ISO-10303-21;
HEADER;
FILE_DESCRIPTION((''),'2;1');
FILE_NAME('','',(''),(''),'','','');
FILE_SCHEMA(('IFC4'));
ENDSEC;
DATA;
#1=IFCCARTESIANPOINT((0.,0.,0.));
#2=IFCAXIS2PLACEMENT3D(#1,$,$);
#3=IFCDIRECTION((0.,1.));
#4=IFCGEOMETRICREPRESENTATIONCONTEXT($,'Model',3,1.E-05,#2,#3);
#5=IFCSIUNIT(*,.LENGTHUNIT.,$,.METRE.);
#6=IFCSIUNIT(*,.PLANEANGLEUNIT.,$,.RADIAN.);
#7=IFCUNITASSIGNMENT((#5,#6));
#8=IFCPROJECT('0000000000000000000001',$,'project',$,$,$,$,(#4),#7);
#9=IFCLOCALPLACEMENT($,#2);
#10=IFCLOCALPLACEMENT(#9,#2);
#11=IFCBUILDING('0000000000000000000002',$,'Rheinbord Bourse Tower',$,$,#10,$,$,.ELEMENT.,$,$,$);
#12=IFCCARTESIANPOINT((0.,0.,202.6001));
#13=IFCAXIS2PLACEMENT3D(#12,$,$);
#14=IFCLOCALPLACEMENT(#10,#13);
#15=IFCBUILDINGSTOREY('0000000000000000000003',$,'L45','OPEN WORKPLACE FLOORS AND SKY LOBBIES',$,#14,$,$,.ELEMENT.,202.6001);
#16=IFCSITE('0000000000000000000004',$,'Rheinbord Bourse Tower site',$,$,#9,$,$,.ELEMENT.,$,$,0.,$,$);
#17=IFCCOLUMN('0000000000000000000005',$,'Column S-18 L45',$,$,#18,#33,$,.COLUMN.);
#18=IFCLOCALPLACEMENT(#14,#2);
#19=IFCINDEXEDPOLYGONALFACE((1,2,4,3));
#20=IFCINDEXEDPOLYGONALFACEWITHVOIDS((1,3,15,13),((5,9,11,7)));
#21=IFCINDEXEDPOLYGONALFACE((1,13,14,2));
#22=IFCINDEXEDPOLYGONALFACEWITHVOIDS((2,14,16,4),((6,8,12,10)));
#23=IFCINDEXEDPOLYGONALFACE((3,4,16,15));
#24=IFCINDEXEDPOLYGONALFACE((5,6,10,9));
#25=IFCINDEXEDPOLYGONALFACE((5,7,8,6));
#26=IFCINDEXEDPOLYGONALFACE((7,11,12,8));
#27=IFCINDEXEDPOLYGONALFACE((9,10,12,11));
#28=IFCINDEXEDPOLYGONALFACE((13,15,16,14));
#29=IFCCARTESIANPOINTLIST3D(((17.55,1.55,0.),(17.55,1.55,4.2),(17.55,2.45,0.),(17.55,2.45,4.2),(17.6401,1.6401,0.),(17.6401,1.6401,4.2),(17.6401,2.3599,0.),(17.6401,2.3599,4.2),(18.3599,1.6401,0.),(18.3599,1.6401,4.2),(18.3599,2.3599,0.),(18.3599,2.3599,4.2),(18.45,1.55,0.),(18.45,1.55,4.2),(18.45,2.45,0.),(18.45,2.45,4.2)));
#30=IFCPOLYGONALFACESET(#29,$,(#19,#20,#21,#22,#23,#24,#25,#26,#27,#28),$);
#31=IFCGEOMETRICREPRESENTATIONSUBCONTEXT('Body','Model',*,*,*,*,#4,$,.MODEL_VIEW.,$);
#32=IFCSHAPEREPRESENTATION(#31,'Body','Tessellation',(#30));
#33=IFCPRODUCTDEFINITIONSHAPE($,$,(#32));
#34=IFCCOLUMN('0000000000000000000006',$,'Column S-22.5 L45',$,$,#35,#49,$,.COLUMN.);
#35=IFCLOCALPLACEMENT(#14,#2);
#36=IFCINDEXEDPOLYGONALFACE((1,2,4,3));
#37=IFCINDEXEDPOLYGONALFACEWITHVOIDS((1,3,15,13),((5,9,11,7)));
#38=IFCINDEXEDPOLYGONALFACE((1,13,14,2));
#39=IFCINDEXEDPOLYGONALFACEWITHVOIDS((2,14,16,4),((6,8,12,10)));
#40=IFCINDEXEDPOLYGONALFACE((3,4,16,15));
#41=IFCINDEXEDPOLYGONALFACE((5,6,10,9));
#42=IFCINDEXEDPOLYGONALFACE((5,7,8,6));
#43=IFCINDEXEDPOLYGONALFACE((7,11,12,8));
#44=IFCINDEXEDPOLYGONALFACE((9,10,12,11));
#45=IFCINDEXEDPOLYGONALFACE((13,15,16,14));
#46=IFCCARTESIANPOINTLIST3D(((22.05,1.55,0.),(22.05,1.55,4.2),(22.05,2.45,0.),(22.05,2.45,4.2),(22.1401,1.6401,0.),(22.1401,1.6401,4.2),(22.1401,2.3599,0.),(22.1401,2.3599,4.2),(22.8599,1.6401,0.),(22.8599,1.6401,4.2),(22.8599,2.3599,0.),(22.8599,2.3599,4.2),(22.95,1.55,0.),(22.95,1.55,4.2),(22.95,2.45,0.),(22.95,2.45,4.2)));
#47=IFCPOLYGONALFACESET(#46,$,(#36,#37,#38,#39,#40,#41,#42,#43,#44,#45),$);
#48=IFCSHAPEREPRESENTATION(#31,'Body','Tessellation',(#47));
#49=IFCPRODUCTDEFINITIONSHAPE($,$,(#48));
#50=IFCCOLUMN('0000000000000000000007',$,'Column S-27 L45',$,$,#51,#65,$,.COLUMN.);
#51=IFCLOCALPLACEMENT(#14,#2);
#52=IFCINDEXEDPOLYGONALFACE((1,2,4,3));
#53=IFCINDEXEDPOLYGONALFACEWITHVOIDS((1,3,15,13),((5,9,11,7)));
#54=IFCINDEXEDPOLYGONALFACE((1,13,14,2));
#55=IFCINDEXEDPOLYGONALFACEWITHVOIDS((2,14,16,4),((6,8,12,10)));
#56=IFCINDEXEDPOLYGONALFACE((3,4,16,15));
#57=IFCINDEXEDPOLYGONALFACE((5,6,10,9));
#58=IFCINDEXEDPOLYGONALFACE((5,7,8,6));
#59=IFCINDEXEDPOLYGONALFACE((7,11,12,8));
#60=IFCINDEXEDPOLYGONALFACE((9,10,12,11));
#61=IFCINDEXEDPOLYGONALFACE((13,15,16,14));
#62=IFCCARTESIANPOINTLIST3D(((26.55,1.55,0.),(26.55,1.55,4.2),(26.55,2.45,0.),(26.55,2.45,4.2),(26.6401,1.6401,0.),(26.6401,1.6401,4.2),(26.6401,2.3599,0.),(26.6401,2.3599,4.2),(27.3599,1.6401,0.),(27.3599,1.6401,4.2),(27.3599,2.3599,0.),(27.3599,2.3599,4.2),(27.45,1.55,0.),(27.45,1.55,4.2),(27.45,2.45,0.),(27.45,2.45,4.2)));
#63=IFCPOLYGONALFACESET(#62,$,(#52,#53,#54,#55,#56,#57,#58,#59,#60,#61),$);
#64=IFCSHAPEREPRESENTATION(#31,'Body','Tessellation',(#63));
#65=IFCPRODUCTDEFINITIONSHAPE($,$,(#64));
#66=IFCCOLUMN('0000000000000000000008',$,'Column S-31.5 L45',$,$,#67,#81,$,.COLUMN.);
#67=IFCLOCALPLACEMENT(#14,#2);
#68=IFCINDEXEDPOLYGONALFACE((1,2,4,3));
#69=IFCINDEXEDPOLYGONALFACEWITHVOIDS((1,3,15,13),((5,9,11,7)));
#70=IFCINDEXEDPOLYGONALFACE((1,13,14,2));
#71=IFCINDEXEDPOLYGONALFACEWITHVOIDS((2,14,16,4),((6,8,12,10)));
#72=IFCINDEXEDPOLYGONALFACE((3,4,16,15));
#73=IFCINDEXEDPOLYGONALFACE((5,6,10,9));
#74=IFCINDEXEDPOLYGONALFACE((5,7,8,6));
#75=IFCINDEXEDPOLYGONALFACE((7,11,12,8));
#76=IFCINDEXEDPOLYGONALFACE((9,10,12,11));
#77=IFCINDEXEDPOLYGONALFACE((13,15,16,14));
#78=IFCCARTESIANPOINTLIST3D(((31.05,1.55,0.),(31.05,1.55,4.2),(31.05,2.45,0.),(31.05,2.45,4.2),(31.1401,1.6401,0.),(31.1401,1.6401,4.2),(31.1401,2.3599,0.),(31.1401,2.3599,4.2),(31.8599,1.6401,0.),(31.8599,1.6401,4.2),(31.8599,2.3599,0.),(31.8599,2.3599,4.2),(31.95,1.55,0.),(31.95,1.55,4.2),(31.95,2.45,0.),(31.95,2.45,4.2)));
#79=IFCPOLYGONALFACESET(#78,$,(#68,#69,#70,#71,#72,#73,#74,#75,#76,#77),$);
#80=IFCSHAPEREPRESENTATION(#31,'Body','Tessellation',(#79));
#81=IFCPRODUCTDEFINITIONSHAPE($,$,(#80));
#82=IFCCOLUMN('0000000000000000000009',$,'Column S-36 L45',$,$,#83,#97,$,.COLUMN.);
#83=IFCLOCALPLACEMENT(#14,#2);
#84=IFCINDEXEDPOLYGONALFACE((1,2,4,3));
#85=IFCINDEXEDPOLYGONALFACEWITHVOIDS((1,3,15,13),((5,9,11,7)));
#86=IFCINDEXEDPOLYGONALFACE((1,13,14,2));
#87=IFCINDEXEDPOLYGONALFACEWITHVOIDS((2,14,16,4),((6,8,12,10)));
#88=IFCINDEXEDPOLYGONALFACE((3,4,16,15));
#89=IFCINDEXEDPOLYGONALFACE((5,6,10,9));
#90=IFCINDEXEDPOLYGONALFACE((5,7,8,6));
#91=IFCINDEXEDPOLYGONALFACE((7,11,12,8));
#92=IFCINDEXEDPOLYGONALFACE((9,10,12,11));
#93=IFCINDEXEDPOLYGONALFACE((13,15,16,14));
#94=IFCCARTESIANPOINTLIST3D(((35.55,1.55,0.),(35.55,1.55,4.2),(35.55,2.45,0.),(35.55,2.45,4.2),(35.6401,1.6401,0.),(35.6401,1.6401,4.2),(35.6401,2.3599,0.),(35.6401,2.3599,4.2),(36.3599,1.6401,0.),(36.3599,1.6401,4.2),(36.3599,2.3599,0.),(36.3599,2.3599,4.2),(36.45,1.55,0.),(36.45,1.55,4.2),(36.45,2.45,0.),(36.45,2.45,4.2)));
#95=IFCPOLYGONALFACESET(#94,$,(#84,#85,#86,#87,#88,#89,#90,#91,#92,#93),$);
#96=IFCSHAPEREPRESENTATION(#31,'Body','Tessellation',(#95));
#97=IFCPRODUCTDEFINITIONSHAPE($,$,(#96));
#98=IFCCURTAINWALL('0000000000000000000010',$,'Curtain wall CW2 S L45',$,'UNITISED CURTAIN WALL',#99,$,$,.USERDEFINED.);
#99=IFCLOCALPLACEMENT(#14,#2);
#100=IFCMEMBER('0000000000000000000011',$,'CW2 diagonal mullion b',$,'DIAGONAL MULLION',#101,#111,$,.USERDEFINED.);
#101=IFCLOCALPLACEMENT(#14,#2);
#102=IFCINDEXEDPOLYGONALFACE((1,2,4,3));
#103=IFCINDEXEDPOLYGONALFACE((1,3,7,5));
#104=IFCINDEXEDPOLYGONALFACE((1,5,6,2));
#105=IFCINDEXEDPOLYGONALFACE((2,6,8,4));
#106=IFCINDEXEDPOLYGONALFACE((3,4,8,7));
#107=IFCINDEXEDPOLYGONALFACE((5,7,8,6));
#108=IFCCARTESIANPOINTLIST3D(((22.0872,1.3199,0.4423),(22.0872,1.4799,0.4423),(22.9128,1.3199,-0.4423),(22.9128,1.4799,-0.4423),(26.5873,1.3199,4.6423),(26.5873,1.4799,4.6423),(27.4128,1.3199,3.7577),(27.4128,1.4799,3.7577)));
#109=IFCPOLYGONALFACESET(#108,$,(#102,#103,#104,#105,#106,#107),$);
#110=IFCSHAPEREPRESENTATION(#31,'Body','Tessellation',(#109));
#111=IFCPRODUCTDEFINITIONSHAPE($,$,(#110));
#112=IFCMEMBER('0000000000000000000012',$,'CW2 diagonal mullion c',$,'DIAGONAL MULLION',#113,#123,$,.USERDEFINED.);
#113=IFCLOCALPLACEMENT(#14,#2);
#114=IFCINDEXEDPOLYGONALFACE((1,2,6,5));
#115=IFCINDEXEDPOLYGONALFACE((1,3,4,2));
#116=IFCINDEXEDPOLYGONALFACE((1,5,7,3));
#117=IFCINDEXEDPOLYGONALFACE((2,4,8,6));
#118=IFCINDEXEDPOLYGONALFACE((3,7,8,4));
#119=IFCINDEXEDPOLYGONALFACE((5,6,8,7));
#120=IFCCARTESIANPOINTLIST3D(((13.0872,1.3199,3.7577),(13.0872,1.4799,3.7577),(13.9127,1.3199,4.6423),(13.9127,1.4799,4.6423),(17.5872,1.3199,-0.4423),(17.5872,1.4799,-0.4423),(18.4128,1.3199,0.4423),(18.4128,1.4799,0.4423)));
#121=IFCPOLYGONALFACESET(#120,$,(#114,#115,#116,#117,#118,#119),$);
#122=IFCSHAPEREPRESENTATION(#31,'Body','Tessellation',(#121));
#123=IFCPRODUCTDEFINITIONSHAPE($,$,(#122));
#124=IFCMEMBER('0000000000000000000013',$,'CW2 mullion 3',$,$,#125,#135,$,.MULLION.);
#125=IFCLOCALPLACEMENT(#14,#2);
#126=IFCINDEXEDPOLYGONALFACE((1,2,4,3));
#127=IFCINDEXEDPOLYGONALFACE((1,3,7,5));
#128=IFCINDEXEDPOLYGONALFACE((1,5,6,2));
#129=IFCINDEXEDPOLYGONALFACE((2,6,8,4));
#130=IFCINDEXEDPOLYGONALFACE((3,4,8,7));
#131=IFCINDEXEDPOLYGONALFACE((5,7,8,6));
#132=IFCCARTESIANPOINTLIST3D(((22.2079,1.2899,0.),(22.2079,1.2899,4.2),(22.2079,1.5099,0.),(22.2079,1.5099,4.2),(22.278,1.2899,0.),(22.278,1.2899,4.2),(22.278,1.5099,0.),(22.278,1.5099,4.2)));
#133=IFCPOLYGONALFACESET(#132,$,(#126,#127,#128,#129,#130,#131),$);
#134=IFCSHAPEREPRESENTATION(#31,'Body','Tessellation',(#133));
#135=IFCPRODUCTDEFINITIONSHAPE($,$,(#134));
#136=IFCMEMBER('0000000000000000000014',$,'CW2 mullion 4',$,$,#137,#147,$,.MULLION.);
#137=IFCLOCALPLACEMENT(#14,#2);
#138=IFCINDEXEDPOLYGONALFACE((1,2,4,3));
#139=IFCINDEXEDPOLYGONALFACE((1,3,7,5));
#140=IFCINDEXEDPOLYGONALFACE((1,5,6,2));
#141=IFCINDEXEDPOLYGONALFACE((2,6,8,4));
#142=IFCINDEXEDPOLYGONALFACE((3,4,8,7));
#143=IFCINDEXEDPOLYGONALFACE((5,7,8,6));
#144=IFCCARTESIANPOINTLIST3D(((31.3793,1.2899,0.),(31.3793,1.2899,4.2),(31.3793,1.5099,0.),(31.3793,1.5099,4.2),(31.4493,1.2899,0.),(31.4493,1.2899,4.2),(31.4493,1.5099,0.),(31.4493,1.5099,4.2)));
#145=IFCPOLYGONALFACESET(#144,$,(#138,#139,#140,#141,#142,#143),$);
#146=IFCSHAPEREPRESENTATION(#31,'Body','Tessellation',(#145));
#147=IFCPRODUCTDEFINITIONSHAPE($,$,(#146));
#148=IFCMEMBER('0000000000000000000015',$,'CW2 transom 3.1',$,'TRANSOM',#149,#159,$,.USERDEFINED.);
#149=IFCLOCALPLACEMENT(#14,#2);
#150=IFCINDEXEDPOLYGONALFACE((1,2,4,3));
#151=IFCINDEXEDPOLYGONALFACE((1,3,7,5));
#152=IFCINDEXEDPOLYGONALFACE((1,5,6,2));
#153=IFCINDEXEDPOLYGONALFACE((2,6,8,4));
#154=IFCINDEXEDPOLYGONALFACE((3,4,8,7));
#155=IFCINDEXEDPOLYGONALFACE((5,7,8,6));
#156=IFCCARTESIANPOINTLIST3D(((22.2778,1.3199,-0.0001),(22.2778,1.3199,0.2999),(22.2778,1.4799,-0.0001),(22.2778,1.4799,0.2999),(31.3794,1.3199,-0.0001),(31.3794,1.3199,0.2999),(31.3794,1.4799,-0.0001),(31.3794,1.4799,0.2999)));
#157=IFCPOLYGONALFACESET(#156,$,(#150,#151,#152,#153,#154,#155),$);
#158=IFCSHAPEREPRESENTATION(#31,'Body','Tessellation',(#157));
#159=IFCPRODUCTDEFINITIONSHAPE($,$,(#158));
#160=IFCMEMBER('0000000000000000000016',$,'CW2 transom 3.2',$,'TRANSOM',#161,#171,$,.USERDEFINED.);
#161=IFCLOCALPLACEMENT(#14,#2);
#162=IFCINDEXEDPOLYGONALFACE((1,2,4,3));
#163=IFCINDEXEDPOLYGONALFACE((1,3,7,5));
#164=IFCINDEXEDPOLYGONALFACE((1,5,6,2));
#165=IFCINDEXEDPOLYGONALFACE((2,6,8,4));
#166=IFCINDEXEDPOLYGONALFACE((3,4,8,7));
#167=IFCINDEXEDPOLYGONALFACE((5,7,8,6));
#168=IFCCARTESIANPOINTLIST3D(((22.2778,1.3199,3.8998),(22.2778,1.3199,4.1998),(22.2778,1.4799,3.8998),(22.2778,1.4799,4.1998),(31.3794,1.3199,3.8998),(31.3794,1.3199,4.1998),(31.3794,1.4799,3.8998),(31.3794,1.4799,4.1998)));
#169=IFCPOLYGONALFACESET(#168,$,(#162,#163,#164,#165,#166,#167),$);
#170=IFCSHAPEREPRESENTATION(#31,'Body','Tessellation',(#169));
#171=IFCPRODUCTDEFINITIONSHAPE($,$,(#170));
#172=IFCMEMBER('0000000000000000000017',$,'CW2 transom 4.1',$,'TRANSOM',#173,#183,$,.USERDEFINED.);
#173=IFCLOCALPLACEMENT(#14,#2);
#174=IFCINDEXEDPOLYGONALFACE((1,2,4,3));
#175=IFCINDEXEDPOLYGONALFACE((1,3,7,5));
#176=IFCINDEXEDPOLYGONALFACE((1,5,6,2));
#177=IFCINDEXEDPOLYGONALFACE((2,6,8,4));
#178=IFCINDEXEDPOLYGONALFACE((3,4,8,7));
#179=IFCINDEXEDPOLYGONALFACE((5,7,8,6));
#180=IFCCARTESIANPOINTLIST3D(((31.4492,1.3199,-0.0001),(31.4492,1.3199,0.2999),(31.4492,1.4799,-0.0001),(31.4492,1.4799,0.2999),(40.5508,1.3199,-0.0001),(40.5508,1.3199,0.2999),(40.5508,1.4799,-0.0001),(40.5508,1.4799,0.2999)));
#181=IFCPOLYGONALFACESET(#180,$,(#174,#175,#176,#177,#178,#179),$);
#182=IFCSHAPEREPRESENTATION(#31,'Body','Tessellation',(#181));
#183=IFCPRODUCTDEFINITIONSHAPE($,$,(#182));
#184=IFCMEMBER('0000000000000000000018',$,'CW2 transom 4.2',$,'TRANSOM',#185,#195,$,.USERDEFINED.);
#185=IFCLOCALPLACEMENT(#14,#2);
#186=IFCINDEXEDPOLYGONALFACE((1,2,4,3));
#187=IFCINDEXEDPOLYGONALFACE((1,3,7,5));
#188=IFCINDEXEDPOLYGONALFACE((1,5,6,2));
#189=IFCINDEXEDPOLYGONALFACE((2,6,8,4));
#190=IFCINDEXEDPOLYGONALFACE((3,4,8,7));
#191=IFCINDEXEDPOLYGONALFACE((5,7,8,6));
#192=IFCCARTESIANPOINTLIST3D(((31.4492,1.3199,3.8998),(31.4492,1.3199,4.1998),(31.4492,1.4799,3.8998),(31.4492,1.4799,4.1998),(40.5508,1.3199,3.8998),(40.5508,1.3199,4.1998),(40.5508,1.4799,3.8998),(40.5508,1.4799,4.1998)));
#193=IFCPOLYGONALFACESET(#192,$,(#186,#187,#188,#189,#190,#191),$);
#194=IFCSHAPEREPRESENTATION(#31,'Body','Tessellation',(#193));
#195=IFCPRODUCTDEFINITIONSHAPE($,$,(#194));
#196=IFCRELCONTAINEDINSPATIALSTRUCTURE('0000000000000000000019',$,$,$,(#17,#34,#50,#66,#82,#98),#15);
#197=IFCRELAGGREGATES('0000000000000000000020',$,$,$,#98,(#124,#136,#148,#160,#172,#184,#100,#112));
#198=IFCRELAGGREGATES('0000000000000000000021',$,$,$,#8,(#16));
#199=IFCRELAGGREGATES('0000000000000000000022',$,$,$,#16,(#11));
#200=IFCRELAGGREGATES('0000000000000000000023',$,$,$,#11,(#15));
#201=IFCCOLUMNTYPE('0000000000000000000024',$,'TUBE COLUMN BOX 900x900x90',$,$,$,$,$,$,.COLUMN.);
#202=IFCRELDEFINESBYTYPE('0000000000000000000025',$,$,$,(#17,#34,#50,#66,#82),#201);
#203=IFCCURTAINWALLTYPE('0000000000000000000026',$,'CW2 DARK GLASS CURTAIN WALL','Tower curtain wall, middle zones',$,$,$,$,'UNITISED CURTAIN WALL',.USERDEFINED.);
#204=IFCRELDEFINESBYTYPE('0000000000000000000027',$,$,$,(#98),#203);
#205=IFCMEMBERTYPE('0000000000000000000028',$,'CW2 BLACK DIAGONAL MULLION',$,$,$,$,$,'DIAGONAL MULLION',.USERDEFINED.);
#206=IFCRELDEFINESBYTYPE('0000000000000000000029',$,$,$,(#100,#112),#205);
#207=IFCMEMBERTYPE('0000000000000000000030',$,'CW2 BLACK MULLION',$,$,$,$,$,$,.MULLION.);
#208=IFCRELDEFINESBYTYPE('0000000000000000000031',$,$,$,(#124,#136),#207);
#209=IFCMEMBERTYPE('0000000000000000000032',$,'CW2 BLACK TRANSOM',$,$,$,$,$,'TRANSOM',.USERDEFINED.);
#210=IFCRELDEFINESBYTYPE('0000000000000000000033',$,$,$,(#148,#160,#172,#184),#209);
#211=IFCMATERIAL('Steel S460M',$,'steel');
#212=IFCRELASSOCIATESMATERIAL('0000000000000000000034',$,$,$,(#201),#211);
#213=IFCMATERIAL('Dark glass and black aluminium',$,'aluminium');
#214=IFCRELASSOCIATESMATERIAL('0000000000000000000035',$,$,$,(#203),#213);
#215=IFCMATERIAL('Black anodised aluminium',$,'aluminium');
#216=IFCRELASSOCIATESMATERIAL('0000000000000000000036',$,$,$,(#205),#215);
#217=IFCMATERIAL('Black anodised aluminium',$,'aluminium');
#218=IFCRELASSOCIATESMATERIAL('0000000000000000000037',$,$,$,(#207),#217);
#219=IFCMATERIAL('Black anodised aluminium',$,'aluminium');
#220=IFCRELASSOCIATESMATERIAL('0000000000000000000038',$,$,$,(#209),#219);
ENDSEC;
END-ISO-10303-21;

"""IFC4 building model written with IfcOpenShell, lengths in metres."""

from ifc_helpers import new_model, si_unit, direction, frame, origin, origin_2d, place, context, subcontext, project, spatial, rectangle, hollow_rectangle, extrude, material, material_profile, profile_set, type_object, element, aggregate, save


model = new_model("IFC4")

# Units and contexts
model_context = context("Model", 3, precision=1e-05, world=origin(), true_north=direction((0.0, 1.0)))
body_context = subcontext(model_context, "Body", "Model", "MODEL_VIEW")
ifc_project = project(units=[si_unit("LENGTHUNIT", "METRE"), si_unit("PLANEANGLEUNIT", "RADIAN")], contexts=[model_context])

# Site, building, storey
site_placement = place(None, origin())
site = spatial("IfcSite", under=ifc_project, at=site_placement, Name="Rheinbord Bourse Tower site", CompositionType="ELEMENT", RefElevation=0.0)
building_placement = place(site_placement, origin())
building = spatial("IfcBuilding", under=site, at=building_placement, Name="Rheinbord Bourse Tower", CompositionType="ELEMENT")
storey_placement = place(building_placement, frame((0.0, 0.0, 202.6001)))
storey = spatial("IfcBuildingStorey", under=building, at=storey_placement, Name="L45", Description="OPEN WORKPLACE FLOORS AND SKY LOBBIES", CompositionType="ELEMENT", Elevation=202.6001)

# Columns
ifc_material_1 = material(Name="Steel S460M", Category="steel")
ifc_material_profile_1 = material_profile(ifc_material_1, hollow_rectangle(XDim=0.8999, YDim=0.8999, WallThickness=0.0901, at=origin_2d()), Name="BOX 900x900x90")
ifc_profile_set_1 = profile_set([ifc_material_profile_1], Name="Steel S460M")
column_type = type_object("IfcColumnType", Name="TUBE COLUMN BOX 900x900x90", PredefinedType="COLUMN", material=ifc_profile_set_1)
for number, where, z_axis, x_axis, name in (
    (1, (18.0, 2.0, 0.0), (0.0, 0.0, 1.0), (0.0, 1.0, 0.0), "Column S-18 L45"),
    (2, (22.5, 2.0, 0.0), (0.0, 0.0, 1.0), (0.0, 1.0, 0.0), "Column S-22.5 L45"),
    (3, (27.0, 2.0, 0.0), (0.0, 0.0, 1.0), (0.0, 1.0, 0.0), "Column S-27 L45"),
    (4, (31.5, 2.0, 0.0), (0.0, 0.0, 1.0), (0.0, 1.0, 0.0), "Column S-31.5 L45"),
    (5, (36.0, 2.0, 0.0), (0.0, 0.0, 1.0), (0.0, 1.0, 0.0), "Column S-36 L45"),
):
    element("IfcColumn", number, at=place(storey_placement, frame(where, z_axis=z_axis, x_axis=x_axis)), inside=storey, type_object=column_type, Name=name, PredefinedType="COLUMN", context=body_context, shape_type="SweptSolid", body=[
        extrude(hollow_rectangle(XDim=0.8999, YDim=0.8999, WallThickness=0.0901, at=origin_2d()), origin(), (0.0, 0.0, 1.0), 4.2),
    ])

# Curtain wall, members
ifc_material_2 = material(Name="Dark glass and black aluminium", Category="aluminium")
curtain_wall_type = type_object("IfcCurtainWallType", Name="CW2 DARK GLASS CURTAIN WALL", Description="Tower curtain wall, middle zones", ElementType="UNITISED CURTAIN WALL", PredefinedType="USERDEFINED", material=ifc_material_2)
curtain_wall_placement = place(storey_placement, origin())
curtain_wall = element("IfcCurtainWall", 6, at=curtain_wall_placement, inside=storey, type_object=curtain_wall_type, Name="Curtain wall CW2 S L45", ObjectType="UNITISED CURTAIN WALL", PredefinedType="USERDEFINED")
ifc_material_3 = material(Name="Black anodised aluminium", Category="aluminium")
ifc_material_profile_2 = material_profile(ifc_material_3, rectangle(XDim=0.1599, YDim=1.21, at=origin_2d()), Name="CW2 DIAGONAL MULLION 1210x160")
ifc_profile_set_2 = profile_set([ifc_material_profile_2], Name="Black anodised aluminium")
member_type_1 = type_object("IfcMemberType", Name="CW2 BLACK DIAGONAL MULLION", ElementType="DIAGONAL MULLION", PredefinedType="USERDEFINED", material=ifc_profile_set_2)
member_1_placement = place(storey_placement, frame((22.5, 1.3999, 0.0), z_axis=(0.731059, 0.0, 0.682314), x_axis=(0.0, 1.0, 0.0)))
member_1 = element("IfcMember", 7, at=member_1_placement, type_object=member_type_1, Name="CW2 diagonal mullion b", ObjectType="DIAGONAL MULLION", PredefinedType="USERDEFINED", context=body_context, shape_type="SweptSolid", body=[
    extrude(rectangle(XDim=0.1599, YDim=1.21, at=origin_2d()), origin(), (0.0, 0.0, 1.0), 6.1555),
])
member_2_placement = place(storey_placement, frame((18.0, 1.3999, 0.0), z_axis=(-0.731059, 0.0, 0.682314), x_axis=(0.0, -1.0, 0.0)))
member_2 = element("IfcMember", 8, at=member_2_placement, type_object=member_type_1, Name="CW2 diagonal mullion c", ObjectType="DIAGONAL MULLION", PredefinedType="USERDEFINED", context=body_context, shape_type="SweptSolid", body=[
    extrude(rectangle(XDim=0.1599, YDim=1.21, at=origin_2d()), origin(), (0.0, 0.0, 1.0), 6.1555),
])
ifc_material_4 = material(Name="Black anodised aluminium", Category="aluminium")
ifc_material_profile_3 = material_profile(ifc_material_4, rectangle(XDim=0.22, YDim=0.0701, at=origin_2d()), Name="CW2 MULLION 70x220")
ifc_profile_set_3 = profile_set([ifc_material_profile_3], Name="Black anodised aluminium")
member_type_2 = type_object("IfcMemberType", Name="CW2 BLACK MULLION", PredefinedType="MULLION", material=ifc_profile_set_3)
member_3_placement = place(storey_placement, frame((22.2429, 1.3999, 0.0), z_axis=(0.0, 0.0, 1.0), x_axis=(0.0, 1.0, 0.0)))
member_3 = element("IfcMember", 9, at=member_3_placement, type_object=member_type_2, Name="CW2 mullion 3", PredefinedType="MULLION", context=body_context, shape_type="SweptSolid", body=[
    extrude(rectangle(XDim=0.22, YDim=0.0701, at=origin_2d()), origin(), (0.0, 0.0, 1.0), 4.2),
])
member_4_placement = place(storey_placement, frame((31.4143, 1.3999, 0.0), z_axis=(0.0, 0.0, 1.0), x_axis=(0.0, 1.0, 0.0)))
member_4 = element("IfcMember", 10, at=member_4_placement, type_object=member_type_2, Name="CW2 mullion 4", PredefinedType="MULLION", context=body_context, shape_type="SweptSolid", body=[
    extrude(rectangle(XDim=0.22, YDim=0.0701, at=origin_2d()), origin(), (0.0, 0.0, 1.0), 4.2),
])
ifc_material_5 = material(Name="Black anodised aluminium", Category="aluminium")
ifc_material_profile_4 = material_profile(ifc_material_5, rectangle(XDim=0.1599, YDim=0.3, at=origin_2d()), Name="CW2 TRANSOM 300x160")
ifc_profile_set_4 = profile_set([ifc_material_profile_4], Name="Black anodised aluminium")
member_type_3 = type_object("IfcMemberType", Name="CW2 BLACK TRANSOM", ElementType="TRANSOM", PredefinedType="USERDEFINED", material=ifc_profile_set_4)
member_5_placement = place(storey_placement, frame((22.2778, 1.3999, 0.1499), z_axis=(1.0, 0.0, 0.0), x_axis=(0.0, 1.0, 0.0)))
member_5 = element("IfcMember", 11, at=member_5_placement, type_object=member_type_3, Name="CW2 transom 3.1", ObjectType="TRANSOM", PredefinedType="USERDEFINED", context=body_context, shape_type="SweptSolid", body=[
    extrude(rectangle(XDim=0.1599, YDim=0.3, at=origin_2d()), origin(), (0.0, 0.0, 1.0), 9.1016),
])
member_6_placement = place(storey_placement, frame((22.2778, 1.3999, 4.0498), z_axis=(1.0, 0.0, 0.0), x_axis=(0.0, 1.0, 0.0)))
member_6 = element("IfcMember", 12, at=member_6_placement, type_object=member_type_3, Name="CW2 transom 3.2", ObjectType="TRANSOM", PredefinedType="USERDEFINED", context=body_context, shape_type="SweptSolid", body=[
    extrude(rectangle(XDim=0.1599, YDim=0.3, at=origin_2d()), origin(), (0.0, 0.0, 1.0), 9.1016),
])
member_7_placement = place(storey_placement, frame((31.4492, 1.3999, 0.1499), z_axis=(1.0, 0.0, 0.0), x_axis=(0.0, 1.0, 0.0)))
member_7 = element("IfcMember", 13, at=member_7_placement, type_object=member_type_3, Name="CW2 transom 4.1", ObjectType="TRANSOM", PredefinedType="USERDEFINED", context=body_context, shape_type="SweptSolid", body=[
    extrude(rectangle(XDim=0.1599, YDim=0.3, at=origin_2d()), origin(), (0.0, 0.0, 1.0), 9.1016),
])
member_8_placement = place(storey_placement, frame((31.4492, 1.3999, 4.0498), z_axis=(1.0, 0.0, 0.0), x_axis=(0.0, 1.0, 0.0)))
member_8 = element("IfcMember", 14, at=member_8_placement, type_object=member_type_3, Name="CW2 transom 4.2", ObjectType="TRANSOM", PredefinedType="USERDEFINED", context=body_context, shape_type="SweptSolid", body=[
    extrude(rectangle(XDim=0.1599, YDim=0.3, at=origin_2d()), origin(), (0.0, 0.0, 1.0), 9.1016),
])

aggregate(curtain_wall, [member_3, member_4, member_5, member_6, member_7, member_8, member_1, member_2])

save(model, "model.ifc")
